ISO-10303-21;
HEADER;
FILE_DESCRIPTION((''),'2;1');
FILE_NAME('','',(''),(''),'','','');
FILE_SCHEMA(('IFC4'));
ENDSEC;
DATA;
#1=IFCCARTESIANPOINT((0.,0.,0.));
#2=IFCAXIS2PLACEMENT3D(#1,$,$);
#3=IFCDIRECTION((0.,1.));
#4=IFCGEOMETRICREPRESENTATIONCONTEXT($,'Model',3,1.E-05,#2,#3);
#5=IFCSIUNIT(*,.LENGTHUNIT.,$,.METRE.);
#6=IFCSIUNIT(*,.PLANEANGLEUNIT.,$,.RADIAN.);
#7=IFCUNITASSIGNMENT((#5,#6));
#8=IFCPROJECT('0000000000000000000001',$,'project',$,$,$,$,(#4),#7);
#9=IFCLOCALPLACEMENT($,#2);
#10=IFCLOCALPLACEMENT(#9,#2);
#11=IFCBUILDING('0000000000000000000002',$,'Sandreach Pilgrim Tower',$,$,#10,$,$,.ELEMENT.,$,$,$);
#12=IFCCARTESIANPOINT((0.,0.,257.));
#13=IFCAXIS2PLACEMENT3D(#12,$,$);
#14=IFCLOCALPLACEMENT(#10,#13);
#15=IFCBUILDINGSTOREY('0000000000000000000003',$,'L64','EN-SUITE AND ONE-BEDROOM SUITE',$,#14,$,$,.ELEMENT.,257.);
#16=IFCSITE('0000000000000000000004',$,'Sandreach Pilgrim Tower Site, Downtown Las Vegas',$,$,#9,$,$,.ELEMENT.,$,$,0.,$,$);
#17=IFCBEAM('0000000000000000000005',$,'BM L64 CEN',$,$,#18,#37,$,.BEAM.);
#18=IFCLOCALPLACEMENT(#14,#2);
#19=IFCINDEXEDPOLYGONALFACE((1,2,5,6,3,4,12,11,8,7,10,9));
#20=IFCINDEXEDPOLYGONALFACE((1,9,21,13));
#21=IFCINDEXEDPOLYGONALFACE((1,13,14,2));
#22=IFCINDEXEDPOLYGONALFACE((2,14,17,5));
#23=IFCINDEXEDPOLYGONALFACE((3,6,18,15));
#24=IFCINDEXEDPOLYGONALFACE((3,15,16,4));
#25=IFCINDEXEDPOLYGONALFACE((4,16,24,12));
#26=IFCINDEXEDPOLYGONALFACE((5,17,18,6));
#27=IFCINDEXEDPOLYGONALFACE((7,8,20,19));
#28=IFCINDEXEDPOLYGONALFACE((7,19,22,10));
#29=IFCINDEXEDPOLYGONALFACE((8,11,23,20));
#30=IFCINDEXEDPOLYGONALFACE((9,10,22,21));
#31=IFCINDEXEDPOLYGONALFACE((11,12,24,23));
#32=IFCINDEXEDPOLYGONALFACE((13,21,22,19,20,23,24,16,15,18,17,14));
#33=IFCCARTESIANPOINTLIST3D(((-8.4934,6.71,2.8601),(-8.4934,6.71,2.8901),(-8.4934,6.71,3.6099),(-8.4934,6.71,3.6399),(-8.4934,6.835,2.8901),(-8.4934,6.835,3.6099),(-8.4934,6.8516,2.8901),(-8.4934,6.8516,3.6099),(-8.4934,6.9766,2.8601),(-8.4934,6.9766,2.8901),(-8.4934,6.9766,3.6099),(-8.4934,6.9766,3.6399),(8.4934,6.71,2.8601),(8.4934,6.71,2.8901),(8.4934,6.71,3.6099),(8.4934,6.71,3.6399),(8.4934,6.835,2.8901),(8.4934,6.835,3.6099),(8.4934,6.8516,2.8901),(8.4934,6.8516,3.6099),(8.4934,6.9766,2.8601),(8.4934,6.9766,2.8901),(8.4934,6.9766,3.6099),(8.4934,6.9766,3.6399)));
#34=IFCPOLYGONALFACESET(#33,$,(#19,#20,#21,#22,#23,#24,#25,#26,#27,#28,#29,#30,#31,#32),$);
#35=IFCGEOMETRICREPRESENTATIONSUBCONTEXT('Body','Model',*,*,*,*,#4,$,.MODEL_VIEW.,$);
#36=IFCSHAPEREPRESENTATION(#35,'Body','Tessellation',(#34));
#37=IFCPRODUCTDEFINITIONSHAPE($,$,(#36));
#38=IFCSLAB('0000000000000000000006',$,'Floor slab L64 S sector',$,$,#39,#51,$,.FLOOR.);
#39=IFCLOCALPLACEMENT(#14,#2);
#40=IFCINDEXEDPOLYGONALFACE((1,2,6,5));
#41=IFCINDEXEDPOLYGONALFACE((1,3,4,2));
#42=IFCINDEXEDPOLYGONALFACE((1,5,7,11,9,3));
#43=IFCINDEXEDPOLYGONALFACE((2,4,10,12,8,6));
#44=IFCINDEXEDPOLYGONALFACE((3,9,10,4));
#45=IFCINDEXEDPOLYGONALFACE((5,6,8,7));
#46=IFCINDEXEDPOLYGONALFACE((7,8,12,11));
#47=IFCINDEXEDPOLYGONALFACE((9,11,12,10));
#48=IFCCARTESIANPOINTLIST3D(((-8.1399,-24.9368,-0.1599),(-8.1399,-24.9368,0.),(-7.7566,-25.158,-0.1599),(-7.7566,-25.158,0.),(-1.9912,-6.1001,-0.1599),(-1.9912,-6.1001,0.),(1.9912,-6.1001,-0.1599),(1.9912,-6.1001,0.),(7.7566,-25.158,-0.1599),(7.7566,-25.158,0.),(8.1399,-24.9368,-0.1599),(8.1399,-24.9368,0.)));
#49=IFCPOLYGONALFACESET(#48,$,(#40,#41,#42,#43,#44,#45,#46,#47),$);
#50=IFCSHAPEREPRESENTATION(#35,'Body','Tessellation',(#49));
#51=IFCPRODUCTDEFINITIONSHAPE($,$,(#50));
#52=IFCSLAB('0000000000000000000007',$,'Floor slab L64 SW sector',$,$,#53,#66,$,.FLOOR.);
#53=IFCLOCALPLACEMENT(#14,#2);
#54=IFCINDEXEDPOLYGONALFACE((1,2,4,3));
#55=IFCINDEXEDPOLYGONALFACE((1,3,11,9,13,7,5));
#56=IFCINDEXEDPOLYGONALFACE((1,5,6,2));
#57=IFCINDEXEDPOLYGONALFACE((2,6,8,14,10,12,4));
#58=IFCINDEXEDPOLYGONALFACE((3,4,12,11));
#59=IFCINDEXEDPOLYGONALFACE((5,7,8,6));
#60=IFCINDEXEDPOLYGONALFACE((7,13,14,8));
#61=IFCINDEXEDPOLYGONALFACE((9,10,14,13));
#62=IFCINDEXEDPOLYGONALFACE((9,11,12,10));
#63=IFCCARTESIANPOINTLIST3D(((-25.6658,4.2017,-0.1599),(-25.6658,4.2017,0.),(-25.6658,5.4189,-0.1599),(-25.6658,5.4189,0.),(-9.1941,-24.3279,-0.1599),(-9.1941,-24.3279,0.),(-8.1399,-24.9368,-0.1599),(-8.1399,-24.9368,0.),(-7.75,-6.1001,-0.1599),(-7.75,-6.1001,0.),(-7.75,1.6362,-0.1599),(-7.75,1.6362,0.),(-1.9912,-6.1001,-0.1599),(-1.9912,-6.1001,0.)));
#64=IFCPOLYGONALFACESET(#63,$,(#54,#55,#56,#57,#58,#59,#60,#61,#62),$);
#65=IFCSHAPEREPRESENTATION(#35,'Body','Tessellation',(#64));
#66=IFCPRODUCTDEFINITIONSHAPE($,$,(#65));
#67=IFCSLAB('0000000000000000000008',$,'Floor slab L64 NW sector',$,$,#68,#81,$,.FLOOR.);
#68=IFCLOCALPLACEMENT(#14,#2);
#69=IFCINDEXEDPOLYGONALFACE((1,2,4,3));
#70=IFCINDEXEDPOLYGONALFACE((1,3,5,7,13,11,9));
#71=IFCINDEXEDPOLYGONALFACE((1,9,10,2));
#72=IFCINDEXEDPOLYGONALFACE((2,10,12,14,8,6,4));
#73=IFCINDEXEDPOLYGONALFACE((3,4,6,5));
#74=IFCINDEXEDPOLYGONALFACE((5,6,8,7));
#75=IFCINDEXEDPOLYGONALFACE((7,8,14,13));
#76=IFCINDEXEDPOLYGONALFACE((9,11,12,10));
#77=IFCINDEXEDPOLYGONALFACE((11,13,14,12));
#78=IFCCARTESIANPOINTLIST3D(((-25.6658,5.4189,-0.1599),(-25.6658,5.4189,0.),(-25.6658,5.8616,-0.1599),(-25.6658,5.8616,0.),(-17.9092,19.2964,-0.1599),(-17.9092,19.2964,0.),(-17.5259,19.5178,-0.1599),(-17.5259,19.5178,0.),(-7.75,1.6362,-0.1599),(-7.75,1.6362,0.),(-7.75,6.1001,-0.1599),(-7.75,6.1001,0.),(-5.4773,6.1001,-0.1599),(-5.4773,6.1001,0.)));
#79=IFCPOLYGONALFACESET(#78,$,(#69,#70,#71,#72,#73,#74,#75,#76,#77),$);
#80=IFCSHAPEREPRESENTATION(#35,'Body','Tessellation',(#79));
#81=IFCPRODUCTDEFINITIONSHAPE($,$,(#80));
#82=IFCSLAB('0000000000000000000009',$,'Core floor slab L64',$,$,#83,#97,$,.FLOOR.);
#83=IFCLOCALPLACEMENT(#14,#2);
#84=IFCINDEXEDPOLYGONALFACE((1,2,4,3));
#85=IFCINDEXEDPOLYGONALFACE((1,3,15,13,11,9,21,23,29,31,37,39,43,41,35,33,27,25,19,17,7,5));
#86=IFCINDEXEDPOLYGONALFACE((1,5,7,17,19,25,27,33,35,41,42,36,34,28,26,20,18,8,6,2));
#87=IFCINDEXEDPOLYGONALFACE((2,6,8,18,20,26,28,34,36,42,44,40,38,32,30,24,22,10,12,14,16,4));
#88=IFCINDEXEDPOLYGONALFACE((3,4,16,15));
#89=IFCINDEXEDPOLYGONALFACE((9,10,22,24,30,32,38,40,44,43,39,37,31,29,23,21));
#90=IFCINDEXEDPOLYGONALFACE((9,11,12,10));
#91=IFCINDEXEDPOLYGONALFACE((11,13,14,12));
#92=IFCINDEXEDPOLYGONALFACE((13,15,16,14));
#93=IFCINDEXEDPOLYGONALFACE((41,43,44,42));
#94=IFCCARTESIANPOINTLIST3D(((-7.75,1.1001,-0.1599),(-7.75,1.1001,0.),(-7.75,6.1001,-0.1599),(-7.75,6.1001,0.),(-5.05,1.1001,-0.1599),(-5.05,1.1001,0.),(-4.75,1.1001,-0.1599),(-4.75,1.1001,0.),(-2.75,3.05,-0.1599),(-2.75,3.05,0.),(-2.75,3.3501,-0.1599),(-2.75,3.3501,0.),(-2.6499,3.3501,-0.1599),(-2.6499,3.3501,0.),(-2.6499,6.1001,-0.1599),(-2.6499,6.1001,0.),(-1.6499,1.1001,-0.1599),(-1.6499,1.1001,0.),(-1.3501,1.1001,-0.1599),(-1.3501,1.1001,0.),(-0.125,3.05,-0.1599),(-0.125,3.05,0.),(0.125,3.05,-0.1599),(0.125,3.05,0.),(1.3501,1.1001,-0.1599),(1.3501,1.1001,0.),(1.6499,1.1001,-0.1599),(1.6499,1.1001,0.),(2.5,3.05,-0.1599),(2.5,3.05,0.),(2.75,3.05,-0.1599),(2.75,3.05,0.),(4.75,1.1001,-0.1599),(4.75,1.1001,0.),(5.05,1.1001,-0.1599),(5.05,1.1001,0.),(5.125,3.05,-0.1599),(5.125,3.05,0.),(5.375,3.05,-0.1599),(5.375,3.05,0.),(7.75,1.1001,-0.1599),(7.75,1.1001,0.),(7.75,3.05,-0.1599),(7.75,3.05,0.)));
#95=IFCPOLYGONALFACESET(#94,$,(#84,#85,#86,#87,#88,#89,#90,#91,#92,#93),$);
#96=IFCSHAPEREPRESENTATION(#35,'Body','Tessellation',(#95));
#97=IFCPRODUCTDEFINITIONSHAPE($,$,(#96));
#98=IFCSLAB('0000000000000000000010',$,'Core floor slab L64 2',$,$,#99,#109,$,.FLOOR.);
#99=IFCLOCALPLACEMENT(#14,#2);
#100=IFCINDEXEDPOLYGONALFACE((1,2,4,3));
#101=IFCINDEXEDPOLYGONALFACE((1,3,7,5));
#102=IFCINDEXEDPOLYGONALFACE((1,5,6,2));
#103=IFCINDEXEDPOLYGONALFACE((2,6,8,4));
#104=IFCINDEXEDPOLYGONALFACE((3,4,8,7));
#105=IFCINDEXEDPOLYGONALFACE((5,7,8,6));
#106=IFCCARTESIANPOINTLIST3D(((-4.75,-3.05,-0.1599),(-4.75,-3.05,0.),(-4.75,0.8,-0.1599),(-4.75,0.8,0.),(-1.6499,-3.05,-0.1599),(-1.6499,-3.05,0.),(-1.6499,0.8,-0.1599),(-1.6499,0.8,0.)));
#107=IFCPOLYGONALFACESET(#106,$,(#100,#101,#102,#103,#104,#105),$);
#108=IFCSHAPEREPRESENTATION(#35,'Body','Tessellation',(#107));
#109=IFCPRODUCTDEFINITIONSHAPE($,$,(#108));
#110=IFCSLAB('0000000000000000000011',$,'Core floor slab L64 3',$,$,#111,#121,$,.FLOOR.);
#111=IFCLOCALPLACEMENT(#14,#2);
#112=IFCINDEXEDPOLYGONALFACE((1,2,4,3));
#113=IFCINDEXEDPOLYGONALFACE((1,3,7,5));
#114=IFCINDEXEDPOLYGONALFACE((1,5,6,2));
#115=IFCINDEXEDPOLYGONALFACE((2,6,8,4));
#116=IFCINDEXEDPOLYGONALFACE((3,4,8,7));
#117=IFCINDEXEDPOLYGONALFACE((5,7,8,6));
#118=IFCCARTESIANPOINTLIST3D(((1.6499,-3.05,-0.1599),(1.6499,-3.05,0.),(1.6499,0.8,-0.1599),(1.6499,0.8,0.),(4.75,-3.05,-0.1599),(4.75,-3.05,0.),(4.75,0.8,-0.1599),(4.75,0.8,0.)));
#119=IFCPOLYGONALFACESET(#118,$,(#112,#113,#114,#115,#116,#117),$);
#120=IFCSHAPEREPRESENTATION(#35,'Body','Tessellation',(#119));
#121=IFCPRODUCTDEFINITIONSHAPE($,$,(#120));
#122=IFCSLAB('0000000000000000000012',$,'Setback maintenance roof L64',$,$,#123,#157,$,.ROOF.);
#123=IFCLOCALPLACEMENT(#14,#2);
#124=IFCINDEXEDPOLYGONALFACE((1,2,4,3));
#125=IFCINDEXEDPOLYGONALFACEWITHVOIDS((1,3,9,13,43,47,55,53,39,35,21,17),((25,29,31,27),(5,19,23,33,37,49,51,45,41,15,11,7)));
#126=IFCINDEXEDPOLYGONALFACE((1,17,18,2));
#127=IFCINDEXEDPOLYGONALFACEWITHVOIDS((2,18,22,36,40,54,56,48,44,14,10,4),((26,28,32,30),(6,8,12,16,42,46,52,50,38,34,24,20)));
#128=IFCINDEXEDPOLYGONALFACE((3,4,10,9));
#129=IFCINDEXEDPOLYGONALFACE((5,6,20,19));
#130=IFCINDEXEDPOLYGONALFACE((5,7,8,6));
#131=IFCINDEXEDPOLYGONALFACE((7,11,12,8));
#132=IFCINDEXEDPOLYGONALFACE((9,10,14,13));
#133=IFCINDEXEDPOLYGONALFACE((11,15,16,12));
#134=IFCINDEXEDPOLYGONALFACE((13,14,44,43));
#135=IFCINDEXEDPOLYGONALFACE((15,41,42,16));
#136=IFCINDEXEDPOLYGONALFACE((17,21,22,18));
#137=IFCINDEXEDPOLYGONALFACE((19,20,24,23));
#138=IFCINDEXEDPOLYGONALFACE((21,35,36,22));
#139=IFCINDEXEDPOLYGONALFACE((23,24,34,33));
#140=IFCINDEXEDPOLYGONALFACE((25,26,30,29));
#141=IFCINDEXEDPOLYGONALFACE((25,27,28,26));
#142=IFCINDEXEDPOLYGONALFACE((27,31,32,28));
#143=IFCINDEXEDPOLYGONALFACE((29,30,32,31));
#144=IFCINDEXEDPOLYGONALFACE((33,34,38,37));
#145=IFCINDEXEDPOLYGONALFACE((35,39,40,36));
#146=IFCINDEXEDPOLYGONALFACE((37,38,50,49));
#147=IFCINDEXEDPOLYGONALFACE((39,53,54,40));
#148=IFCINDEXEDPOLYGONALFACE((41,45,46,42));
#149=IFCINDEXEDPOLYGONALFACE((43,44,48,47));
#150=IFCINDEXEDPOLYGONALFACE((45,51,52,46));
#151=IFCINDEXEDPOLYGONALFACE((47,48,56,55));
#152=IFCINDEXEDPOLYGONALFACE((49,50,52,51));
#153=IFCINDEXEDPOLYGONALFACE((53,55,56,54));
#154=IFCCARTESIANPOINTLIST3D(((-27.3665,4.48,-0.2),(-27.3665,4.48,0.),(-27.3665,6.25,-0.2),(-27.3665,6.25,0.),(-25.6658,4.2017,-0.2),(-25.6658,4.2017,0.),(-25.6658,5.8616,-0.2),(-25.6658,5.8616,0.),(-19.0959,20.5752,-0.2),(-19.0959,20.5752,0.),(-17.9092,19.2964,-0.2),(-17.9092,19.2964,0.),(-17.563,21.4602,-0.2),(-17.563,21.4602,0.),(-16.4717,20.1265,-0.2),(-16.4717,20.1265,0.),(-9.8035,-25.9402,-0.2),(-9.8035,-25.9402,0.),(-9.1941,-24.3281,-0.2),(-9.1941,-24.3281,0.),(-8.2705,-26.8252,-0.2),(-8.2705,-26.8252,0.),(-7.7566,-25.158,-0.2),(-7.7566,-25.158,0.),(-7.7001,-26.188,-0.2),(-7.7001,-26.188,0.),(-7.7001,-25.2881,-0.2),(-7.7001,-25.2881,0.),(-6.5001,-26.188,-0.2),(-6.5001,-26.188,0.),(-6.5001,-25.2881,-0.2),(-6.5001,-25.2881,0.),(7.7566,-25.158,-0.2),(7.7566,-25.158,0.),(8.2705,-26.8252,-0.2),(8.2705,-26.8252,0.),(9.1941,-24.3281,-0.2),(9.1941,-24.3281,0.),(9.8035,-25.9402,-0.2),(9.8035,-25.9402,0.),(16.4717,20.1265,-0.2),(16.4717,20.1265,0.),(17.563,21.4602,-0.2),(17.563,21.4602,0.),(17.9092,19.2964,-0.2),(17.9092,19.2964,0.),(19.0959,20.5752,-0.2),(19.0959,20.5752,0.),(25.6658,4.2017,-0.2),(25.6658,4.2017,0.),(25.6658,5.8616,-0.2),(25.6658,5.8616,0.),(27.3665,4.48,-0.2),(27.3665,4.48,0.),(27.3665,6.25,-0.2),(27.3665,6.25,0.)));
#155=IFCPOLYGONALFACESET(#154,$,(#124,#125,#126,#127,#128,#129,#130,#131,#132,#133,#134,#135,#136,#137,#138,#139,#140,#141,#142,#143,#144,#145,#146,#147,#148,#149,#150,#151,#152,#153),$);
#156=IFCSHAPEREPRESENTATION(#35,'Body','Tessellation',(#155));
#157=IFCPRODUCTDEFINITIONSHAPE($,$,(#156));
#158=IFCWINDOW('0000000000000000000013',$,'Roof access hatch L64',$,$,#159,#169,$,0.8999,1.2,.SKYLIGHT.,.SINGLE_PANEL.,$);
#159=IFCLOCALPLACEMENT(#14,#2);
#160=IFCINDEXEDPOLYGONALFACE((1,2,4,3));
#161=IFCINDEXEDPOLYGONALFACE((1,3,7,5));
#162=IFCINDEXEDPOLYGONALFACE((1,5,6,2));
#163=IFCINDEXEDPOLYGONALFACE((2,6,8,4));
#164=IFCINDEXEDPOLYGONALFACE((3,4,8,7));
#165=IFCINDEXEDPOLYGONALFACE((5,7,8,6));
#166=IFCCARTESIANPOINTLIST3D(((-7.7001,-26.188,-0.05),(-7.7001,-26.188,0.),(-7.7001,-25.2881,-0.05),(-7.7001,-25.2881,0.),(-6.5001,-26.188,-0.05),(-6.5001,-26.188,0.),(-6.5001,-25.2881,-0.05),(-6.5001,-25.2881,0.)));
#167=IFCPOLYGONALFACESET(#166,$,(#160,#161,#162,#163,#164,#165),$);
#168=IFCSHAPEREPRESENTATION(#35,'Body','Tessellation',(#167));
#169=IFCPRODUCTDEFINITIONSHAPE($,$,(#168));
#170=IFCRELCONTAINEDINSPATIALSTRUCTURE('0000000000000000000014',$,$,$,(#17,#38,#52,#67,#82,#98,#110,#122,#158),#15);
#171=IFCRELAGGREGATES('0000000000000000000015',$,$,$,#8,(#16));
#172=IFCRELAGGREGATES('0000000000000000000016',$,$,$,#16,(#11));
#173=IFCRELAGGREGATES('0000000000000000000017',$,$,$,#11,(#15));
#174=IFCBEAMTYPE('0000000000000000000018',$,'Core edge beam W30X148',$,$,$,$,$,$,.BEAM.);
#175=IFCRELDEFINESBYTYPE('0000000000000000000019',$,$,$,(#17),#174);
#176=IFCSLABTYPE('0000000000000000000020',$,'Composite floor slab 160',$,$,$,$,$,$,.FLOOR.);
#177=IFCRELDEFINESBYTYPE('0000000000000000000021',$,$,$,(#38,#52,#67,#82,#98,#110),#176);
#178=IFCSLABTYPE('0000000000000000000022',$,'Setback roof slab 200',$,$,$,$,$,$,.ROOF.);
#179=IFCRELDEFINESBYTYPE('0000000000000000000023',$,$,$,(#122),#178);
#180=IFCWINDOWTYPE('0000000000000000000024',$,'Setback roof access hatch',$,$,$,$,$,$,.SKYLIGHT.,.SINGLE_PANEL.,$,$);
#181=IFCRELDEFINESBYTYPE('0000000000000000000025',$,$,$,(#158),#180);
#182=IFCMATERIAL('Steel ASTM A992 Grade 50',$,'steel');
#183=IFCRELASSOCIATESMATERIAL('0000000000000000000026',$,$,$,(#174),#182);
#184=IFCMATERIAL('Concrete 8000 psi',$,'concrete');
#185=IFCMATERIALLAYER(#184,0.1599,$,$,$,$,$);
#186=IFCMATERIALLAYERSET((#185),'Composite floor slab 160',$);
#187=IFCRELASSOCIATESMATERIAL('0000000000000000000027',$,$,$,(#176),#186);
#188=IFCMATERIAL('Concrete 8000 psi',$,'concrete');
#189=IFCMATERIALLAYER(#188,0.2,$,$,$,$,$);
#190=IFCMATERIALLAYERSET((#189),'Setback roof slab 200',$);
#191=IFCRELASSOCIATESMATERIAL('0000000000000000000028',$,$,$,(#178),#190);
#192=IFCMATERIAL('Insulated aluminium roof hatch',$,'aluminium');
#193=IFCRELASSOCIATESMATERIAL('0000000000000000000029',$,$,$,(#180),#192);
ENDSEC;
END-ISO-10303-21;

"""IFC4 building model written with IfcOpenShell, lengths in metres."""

from ifc_helpers import new_model, si_unit, direction, frame, origin, origin_2d, place, context, subcontext, project, spatial, polyline, rectangle, i_section, outline, extrude, material, layer, layer_set, material_profile, profile_set, type_object, element, fill, save


model = new_model("IFC4")

# Units and contexts
model_context = context("Model", 3, precision=1e-05, world=origin(), true_north=direction((0.0, 1.0)))
body_context = subcontext(model_context, "Body", "Model", "MODEL_VIEW")
ifc_project = project(units=[si_unit("LENGTHUNIT", "METRE"), si_unit("PLANEANGLEUNIT", "RADIAN")], contexts=[model_context])

# Site, building, storey
site_placement = place(None, origin())
site = spatial("IfcSite", under=ifc_project, at=site_placement, Name="Sandreach Pilgrim Tower Site, Downtown Las Vegas", CompositionType="ELEMENT", RefElevation=0.0)
building_placement = place(site_placement, origin())
building = spatial("IfcBuilding", under=site, at=building_placement, Name="Sandreach Pilgrim Tower", CompositionType="ELEMENT")
storey_placement = place(building_placement, frame((0.0, 0.0, 257.0)))
storey = spatial("IfcBuildingStorey", under=building, at=storey_placement, Name="L64", Description="EN-SUITE AND ONE-BEDROOM SUITE", CompositionType="ELEMENT", Elevation=257.0)

# Beam
ifc_material_1 = material(Name="Steel ASTM A992 Grade 50", Category="steel")
ifc_material_profile = material_profile(ifc_material_1, i_section(OverallWidth=0.2666, OverallDepth=0.7798, WebThickness=0.0166, FlangeThickness=0.03, at=origin_2d()), Name="W30X148")
ifc_profile_set = profile_set([ifc_material_profile], Name="Steel ASTM A992 Grade 50")
beam_type = type_object("IfcBeamType", Name="Core edge beam W30X148", PredefinedType="BEAM", material=ifc_profile_set)
beam_placement = place(storey_placement, frame((-8.4934, 6.8433, 3.25), z_axis=(1.0, 0.0, 0.0), x_axis=(0.0, 1.0, 0.0)))
element("IfcBeam", 1, at=beam_placement, inside=storey, type_object=beam_type, Name="BM L64 CEN", PredefinedType="BEAM", context=body_context, shape_type="SweptSolid", body=[
    extrude(i_section(OverallWidth=0.2666, OverallDepth=0.7798, WebThickness=0.0166, FlangeThickness=0.03, at=origin_2d()), origin(), (0.0, 0.0, 1.0), 16.9868),
])

# Slabs
ifc_material_2 = material(Name="Concrete 8000 psi", Category="concrete")
ifc_layer_1 = layer(ifc_material_2, 0.1599)
ifc_layer_set_1 = layer_set([ifc_layer_1], Name="Composite floor slab 160")
slab_type_1 = type_object("IfcSlabType", Name="Composite floor slab 160", PredefinedType="FLOOR", material=ifc_layer_set_1)
slab_1_placement = place(storey_placement, frame((0.0, 0.0, -0.1599)))
element("IfcSlab", 2, at=slab_1_placement, inside=storey, type_object=slab_type_1, Name="Floor slab L64 S sector", PredefinedType="FLOOR", context=body_context, shape_type="SweptSolid", body=[
    extrude(outline(polyline([(7.7566, -25.158), (-7.7566, -25.158), (-8.1399, -24.9368), (-1.9912, -6.1001), (1.9912, -6.1001), (8.1399, -24.9368), (7.7566, -25.158)])), origin(), (0.0, 0.0, 1.0), 0.1599),
])
slab_2_placement = place(storey_placement, frame((0.0, 0.0, -0.1599)))
element("IfcSlab", 3, at=slab_2_placement, inside=storey, type_object=slab_type_1, Name="Floor slab L64 SW sector", PredefinedType="FLOOR", context=body_context, shape_type="SweptSolid", body=[
    extrude(outline(polyline([(-9.1941, -24.3279), (-25.6658, 4.2017), (-25.6658, 5.4189), (-7.75, 1.6362), (-7.75, -6.1001), (-1.9912, -6.1001), (-8.1399, -24.9368), (-9.1941, -24.3279)])), origin(), (0.0, 0.0, 1.0), 0.1599),
])
slab_3_placement = place(storey_placement, frame((0.0, 0.0, -0.1599)))
element("IfcSlab", 4, at=slab_3_placement, inside=storey, type_object=slab_type_1, Name="Floor slab L64 NW sector", PredefinedType="FLOOR", context=body_context, shape_type="SweptSolid", body=[
    extrude(outline(polyline([(-25.6658, 5.8616), (-17.9092, 19.2964), (-17.5259, 19.5178), (-5.4773, 6.1001), (-7.75, 6.1001), (-7.75, 1.6362), (-25.6658, 5.4189), (-25.6658, 5.8616)])), origin(), (0.0, 0.0, 1.0), 0.1599),
])
slab_4_placement = place(storey_placement, frame((0.0, 0.0, -0.1599)))
element("IfcSlab", 5, at=slab_4_placement, inside=storey, type_object=slab_type_1, Name="Core floor slab L64", PredefinedType="FLOOR", context=body_context, shape_type="SweptSolid", body=[
    extrude(outline(polyline([(-2.75, 3.3501), (-2.75, 3.05), (-0.125, 3.05), (0.125, 3.05), (2.5, 3.05), (2.75, 3.05), (5.125, 3.05), (5.375, 3.05), (7.75, 3.05), (7.75, 1.1001), (5.05, 1.1001), (4.75, 1.1001), (1.6499, 1.1001), (1.3501, 1.1001), (-1.3501, 1.1001), (-1.6499, 1.1001), (-4.75, 1.1001), (-5.05, 1.1001), (-7.75, 1.1001), (-7.75, 6.1001), (-2.6499, 6.1001), (-2.6499, 3.3501), (-2.75, 3.3501)])), origin(), (0.0, 0.0, 1.0), 0.1599),
])
slab_5_placement = place(storey_placement, frame((0.0, 0.0, -0.1599)))
element("IfcSlab", 6, at=slab_5_placement, inside=storey, type_object=slab_type_1, Name="Core floor slab L64 2", PredefinedType="FLOOR", context=body_context, shape_type="SweptSolid", body=[
    extrude(outline(polyline([(-1.6499, -3.05), (-4.75, -3.05), (-4.75, 0.8), (-1.6499, 0.8), (-1.6499, -3.05)])), origin(), (0.0, 0.0, 1.0), 0.1599),
])
slab_6_placement = place(storey_placement, frame((0.0, 0.0, -0.1599)))
element("IfcSlab", 7, at=slab_6_placement, inside=storey, type_object=slab_type_1, Name="Core floor slab L64 3", PredefinedType="FLOOR", context=body_context, shape_type="SweptSolid", body=[
    extrude(outline(polyline([(4.75, -3.05), (1.6499, -3.05), (1.6499, 0.8), (4.75, 0.8), (4.75, -3.05)])), origin(), (0.0, 0.0, 1.0), 0.1599),
])

# Slab, opening, window
ifc_material_3 = material(Name="Concrete 8000 psi", Category="concrete")
ifc_layer_2 = layer(ifc_material_3, 0.2)
ifc_layer_set_2 = layer_set([ifc_layer_2], Name="Setback roof slab 200")
slab_type_2 = type_object("IfcSlabType", Name="Setback roof slab 200", PredefinedType="ROOF", material=ifc_layer_set_2)
slab_7_placement = place(storey_placement, frame((0.0, 0.0, -0.2)))
slab_7 = element("IfcSlab", 8, at=slab_7_placement, inside=storey, type_object=slab_type_2, Name="Setback maintenance roof L64", PredefinedType="ROOF", context=body_context, shape_type="SweptSolid", body=[
    extrude(outline(polyline([(-17.563, 21.4602), (-19.0959, 20.5752), (-27.3665, 6.25), (-27.3665, 4.48), (-9.8035, -25.9402), (-8.2705, -26.8252), (8.2705, -26.8252), (9.8035, -25.9402), (27.3665, 4.48), (27.3665, 6.25), (19.0959, 20.5752), (17.563, 21.4602), (-17.563, 21.4602)]), holes=[polyline([(-16.4717, 20.1265), (-17.9092, 19.2964), (-25.6658, 5.8616), (-25.6658, 4.2017), (-9.1941, -24.3281), (-7.7566, -25.158), (7.7566, -25.158), (9.1941, -24.3281), (25.6658, 4.2017), (25.6658, 5.8616), (17.9092, 19.2964), (16.4717, 20.1265), (-16.4717, 20.1265)])]), origin(), (0.0, 0.0, 1.0), 0.2),
])
opening_1_placement = place(slab_7_placement, frame((-7.1001, -25.738, 0.0)))
opening_1 = element("IfcOpeningElement", 9, at=opening_1_placement, cuts=slab_7, PredefinedType="OPENING", context=body_context, shape_type="SweptSolid", body=[
    extrude(rectangle(XDim=1.2, YDim=0.8999, at=origin_2d()), origin(), (0.0, 0.0, 1.0), 0.2),
])
ifc_material_4 = material(Name="Insulated aluminium roof hatch", Category="aluminium")
window_type = type_object("IfcWindowType", Name="Setback roof access hatch", PartitioningType="SINGLE_PANEL", PredefinedType="SKYLIGHT", material=ifc_material_4)
window_placement = place(opening_1_placement, frame((0.0, 0.0, 0.1499)))
window = element("IfcWindow", 10, at=window_placement, inside=storey, type_object=window_type, Name="Roof access hatch L64", OverallHeight=0.8999, OverallWidth=1.2, PartitioningType="SINGLE_PANEL", PredefinedType="SKYLIGHT", context=body_context, shape_type="SweptSolid", body=[
    extrude(rectangle(XDim=1.2, YDim=0.8999, at=origin_2d()), origin(), (0.0, 0.0, 1.0), 0.05),
])
fill(opening_1, window)

save(model, "model.ifc")
